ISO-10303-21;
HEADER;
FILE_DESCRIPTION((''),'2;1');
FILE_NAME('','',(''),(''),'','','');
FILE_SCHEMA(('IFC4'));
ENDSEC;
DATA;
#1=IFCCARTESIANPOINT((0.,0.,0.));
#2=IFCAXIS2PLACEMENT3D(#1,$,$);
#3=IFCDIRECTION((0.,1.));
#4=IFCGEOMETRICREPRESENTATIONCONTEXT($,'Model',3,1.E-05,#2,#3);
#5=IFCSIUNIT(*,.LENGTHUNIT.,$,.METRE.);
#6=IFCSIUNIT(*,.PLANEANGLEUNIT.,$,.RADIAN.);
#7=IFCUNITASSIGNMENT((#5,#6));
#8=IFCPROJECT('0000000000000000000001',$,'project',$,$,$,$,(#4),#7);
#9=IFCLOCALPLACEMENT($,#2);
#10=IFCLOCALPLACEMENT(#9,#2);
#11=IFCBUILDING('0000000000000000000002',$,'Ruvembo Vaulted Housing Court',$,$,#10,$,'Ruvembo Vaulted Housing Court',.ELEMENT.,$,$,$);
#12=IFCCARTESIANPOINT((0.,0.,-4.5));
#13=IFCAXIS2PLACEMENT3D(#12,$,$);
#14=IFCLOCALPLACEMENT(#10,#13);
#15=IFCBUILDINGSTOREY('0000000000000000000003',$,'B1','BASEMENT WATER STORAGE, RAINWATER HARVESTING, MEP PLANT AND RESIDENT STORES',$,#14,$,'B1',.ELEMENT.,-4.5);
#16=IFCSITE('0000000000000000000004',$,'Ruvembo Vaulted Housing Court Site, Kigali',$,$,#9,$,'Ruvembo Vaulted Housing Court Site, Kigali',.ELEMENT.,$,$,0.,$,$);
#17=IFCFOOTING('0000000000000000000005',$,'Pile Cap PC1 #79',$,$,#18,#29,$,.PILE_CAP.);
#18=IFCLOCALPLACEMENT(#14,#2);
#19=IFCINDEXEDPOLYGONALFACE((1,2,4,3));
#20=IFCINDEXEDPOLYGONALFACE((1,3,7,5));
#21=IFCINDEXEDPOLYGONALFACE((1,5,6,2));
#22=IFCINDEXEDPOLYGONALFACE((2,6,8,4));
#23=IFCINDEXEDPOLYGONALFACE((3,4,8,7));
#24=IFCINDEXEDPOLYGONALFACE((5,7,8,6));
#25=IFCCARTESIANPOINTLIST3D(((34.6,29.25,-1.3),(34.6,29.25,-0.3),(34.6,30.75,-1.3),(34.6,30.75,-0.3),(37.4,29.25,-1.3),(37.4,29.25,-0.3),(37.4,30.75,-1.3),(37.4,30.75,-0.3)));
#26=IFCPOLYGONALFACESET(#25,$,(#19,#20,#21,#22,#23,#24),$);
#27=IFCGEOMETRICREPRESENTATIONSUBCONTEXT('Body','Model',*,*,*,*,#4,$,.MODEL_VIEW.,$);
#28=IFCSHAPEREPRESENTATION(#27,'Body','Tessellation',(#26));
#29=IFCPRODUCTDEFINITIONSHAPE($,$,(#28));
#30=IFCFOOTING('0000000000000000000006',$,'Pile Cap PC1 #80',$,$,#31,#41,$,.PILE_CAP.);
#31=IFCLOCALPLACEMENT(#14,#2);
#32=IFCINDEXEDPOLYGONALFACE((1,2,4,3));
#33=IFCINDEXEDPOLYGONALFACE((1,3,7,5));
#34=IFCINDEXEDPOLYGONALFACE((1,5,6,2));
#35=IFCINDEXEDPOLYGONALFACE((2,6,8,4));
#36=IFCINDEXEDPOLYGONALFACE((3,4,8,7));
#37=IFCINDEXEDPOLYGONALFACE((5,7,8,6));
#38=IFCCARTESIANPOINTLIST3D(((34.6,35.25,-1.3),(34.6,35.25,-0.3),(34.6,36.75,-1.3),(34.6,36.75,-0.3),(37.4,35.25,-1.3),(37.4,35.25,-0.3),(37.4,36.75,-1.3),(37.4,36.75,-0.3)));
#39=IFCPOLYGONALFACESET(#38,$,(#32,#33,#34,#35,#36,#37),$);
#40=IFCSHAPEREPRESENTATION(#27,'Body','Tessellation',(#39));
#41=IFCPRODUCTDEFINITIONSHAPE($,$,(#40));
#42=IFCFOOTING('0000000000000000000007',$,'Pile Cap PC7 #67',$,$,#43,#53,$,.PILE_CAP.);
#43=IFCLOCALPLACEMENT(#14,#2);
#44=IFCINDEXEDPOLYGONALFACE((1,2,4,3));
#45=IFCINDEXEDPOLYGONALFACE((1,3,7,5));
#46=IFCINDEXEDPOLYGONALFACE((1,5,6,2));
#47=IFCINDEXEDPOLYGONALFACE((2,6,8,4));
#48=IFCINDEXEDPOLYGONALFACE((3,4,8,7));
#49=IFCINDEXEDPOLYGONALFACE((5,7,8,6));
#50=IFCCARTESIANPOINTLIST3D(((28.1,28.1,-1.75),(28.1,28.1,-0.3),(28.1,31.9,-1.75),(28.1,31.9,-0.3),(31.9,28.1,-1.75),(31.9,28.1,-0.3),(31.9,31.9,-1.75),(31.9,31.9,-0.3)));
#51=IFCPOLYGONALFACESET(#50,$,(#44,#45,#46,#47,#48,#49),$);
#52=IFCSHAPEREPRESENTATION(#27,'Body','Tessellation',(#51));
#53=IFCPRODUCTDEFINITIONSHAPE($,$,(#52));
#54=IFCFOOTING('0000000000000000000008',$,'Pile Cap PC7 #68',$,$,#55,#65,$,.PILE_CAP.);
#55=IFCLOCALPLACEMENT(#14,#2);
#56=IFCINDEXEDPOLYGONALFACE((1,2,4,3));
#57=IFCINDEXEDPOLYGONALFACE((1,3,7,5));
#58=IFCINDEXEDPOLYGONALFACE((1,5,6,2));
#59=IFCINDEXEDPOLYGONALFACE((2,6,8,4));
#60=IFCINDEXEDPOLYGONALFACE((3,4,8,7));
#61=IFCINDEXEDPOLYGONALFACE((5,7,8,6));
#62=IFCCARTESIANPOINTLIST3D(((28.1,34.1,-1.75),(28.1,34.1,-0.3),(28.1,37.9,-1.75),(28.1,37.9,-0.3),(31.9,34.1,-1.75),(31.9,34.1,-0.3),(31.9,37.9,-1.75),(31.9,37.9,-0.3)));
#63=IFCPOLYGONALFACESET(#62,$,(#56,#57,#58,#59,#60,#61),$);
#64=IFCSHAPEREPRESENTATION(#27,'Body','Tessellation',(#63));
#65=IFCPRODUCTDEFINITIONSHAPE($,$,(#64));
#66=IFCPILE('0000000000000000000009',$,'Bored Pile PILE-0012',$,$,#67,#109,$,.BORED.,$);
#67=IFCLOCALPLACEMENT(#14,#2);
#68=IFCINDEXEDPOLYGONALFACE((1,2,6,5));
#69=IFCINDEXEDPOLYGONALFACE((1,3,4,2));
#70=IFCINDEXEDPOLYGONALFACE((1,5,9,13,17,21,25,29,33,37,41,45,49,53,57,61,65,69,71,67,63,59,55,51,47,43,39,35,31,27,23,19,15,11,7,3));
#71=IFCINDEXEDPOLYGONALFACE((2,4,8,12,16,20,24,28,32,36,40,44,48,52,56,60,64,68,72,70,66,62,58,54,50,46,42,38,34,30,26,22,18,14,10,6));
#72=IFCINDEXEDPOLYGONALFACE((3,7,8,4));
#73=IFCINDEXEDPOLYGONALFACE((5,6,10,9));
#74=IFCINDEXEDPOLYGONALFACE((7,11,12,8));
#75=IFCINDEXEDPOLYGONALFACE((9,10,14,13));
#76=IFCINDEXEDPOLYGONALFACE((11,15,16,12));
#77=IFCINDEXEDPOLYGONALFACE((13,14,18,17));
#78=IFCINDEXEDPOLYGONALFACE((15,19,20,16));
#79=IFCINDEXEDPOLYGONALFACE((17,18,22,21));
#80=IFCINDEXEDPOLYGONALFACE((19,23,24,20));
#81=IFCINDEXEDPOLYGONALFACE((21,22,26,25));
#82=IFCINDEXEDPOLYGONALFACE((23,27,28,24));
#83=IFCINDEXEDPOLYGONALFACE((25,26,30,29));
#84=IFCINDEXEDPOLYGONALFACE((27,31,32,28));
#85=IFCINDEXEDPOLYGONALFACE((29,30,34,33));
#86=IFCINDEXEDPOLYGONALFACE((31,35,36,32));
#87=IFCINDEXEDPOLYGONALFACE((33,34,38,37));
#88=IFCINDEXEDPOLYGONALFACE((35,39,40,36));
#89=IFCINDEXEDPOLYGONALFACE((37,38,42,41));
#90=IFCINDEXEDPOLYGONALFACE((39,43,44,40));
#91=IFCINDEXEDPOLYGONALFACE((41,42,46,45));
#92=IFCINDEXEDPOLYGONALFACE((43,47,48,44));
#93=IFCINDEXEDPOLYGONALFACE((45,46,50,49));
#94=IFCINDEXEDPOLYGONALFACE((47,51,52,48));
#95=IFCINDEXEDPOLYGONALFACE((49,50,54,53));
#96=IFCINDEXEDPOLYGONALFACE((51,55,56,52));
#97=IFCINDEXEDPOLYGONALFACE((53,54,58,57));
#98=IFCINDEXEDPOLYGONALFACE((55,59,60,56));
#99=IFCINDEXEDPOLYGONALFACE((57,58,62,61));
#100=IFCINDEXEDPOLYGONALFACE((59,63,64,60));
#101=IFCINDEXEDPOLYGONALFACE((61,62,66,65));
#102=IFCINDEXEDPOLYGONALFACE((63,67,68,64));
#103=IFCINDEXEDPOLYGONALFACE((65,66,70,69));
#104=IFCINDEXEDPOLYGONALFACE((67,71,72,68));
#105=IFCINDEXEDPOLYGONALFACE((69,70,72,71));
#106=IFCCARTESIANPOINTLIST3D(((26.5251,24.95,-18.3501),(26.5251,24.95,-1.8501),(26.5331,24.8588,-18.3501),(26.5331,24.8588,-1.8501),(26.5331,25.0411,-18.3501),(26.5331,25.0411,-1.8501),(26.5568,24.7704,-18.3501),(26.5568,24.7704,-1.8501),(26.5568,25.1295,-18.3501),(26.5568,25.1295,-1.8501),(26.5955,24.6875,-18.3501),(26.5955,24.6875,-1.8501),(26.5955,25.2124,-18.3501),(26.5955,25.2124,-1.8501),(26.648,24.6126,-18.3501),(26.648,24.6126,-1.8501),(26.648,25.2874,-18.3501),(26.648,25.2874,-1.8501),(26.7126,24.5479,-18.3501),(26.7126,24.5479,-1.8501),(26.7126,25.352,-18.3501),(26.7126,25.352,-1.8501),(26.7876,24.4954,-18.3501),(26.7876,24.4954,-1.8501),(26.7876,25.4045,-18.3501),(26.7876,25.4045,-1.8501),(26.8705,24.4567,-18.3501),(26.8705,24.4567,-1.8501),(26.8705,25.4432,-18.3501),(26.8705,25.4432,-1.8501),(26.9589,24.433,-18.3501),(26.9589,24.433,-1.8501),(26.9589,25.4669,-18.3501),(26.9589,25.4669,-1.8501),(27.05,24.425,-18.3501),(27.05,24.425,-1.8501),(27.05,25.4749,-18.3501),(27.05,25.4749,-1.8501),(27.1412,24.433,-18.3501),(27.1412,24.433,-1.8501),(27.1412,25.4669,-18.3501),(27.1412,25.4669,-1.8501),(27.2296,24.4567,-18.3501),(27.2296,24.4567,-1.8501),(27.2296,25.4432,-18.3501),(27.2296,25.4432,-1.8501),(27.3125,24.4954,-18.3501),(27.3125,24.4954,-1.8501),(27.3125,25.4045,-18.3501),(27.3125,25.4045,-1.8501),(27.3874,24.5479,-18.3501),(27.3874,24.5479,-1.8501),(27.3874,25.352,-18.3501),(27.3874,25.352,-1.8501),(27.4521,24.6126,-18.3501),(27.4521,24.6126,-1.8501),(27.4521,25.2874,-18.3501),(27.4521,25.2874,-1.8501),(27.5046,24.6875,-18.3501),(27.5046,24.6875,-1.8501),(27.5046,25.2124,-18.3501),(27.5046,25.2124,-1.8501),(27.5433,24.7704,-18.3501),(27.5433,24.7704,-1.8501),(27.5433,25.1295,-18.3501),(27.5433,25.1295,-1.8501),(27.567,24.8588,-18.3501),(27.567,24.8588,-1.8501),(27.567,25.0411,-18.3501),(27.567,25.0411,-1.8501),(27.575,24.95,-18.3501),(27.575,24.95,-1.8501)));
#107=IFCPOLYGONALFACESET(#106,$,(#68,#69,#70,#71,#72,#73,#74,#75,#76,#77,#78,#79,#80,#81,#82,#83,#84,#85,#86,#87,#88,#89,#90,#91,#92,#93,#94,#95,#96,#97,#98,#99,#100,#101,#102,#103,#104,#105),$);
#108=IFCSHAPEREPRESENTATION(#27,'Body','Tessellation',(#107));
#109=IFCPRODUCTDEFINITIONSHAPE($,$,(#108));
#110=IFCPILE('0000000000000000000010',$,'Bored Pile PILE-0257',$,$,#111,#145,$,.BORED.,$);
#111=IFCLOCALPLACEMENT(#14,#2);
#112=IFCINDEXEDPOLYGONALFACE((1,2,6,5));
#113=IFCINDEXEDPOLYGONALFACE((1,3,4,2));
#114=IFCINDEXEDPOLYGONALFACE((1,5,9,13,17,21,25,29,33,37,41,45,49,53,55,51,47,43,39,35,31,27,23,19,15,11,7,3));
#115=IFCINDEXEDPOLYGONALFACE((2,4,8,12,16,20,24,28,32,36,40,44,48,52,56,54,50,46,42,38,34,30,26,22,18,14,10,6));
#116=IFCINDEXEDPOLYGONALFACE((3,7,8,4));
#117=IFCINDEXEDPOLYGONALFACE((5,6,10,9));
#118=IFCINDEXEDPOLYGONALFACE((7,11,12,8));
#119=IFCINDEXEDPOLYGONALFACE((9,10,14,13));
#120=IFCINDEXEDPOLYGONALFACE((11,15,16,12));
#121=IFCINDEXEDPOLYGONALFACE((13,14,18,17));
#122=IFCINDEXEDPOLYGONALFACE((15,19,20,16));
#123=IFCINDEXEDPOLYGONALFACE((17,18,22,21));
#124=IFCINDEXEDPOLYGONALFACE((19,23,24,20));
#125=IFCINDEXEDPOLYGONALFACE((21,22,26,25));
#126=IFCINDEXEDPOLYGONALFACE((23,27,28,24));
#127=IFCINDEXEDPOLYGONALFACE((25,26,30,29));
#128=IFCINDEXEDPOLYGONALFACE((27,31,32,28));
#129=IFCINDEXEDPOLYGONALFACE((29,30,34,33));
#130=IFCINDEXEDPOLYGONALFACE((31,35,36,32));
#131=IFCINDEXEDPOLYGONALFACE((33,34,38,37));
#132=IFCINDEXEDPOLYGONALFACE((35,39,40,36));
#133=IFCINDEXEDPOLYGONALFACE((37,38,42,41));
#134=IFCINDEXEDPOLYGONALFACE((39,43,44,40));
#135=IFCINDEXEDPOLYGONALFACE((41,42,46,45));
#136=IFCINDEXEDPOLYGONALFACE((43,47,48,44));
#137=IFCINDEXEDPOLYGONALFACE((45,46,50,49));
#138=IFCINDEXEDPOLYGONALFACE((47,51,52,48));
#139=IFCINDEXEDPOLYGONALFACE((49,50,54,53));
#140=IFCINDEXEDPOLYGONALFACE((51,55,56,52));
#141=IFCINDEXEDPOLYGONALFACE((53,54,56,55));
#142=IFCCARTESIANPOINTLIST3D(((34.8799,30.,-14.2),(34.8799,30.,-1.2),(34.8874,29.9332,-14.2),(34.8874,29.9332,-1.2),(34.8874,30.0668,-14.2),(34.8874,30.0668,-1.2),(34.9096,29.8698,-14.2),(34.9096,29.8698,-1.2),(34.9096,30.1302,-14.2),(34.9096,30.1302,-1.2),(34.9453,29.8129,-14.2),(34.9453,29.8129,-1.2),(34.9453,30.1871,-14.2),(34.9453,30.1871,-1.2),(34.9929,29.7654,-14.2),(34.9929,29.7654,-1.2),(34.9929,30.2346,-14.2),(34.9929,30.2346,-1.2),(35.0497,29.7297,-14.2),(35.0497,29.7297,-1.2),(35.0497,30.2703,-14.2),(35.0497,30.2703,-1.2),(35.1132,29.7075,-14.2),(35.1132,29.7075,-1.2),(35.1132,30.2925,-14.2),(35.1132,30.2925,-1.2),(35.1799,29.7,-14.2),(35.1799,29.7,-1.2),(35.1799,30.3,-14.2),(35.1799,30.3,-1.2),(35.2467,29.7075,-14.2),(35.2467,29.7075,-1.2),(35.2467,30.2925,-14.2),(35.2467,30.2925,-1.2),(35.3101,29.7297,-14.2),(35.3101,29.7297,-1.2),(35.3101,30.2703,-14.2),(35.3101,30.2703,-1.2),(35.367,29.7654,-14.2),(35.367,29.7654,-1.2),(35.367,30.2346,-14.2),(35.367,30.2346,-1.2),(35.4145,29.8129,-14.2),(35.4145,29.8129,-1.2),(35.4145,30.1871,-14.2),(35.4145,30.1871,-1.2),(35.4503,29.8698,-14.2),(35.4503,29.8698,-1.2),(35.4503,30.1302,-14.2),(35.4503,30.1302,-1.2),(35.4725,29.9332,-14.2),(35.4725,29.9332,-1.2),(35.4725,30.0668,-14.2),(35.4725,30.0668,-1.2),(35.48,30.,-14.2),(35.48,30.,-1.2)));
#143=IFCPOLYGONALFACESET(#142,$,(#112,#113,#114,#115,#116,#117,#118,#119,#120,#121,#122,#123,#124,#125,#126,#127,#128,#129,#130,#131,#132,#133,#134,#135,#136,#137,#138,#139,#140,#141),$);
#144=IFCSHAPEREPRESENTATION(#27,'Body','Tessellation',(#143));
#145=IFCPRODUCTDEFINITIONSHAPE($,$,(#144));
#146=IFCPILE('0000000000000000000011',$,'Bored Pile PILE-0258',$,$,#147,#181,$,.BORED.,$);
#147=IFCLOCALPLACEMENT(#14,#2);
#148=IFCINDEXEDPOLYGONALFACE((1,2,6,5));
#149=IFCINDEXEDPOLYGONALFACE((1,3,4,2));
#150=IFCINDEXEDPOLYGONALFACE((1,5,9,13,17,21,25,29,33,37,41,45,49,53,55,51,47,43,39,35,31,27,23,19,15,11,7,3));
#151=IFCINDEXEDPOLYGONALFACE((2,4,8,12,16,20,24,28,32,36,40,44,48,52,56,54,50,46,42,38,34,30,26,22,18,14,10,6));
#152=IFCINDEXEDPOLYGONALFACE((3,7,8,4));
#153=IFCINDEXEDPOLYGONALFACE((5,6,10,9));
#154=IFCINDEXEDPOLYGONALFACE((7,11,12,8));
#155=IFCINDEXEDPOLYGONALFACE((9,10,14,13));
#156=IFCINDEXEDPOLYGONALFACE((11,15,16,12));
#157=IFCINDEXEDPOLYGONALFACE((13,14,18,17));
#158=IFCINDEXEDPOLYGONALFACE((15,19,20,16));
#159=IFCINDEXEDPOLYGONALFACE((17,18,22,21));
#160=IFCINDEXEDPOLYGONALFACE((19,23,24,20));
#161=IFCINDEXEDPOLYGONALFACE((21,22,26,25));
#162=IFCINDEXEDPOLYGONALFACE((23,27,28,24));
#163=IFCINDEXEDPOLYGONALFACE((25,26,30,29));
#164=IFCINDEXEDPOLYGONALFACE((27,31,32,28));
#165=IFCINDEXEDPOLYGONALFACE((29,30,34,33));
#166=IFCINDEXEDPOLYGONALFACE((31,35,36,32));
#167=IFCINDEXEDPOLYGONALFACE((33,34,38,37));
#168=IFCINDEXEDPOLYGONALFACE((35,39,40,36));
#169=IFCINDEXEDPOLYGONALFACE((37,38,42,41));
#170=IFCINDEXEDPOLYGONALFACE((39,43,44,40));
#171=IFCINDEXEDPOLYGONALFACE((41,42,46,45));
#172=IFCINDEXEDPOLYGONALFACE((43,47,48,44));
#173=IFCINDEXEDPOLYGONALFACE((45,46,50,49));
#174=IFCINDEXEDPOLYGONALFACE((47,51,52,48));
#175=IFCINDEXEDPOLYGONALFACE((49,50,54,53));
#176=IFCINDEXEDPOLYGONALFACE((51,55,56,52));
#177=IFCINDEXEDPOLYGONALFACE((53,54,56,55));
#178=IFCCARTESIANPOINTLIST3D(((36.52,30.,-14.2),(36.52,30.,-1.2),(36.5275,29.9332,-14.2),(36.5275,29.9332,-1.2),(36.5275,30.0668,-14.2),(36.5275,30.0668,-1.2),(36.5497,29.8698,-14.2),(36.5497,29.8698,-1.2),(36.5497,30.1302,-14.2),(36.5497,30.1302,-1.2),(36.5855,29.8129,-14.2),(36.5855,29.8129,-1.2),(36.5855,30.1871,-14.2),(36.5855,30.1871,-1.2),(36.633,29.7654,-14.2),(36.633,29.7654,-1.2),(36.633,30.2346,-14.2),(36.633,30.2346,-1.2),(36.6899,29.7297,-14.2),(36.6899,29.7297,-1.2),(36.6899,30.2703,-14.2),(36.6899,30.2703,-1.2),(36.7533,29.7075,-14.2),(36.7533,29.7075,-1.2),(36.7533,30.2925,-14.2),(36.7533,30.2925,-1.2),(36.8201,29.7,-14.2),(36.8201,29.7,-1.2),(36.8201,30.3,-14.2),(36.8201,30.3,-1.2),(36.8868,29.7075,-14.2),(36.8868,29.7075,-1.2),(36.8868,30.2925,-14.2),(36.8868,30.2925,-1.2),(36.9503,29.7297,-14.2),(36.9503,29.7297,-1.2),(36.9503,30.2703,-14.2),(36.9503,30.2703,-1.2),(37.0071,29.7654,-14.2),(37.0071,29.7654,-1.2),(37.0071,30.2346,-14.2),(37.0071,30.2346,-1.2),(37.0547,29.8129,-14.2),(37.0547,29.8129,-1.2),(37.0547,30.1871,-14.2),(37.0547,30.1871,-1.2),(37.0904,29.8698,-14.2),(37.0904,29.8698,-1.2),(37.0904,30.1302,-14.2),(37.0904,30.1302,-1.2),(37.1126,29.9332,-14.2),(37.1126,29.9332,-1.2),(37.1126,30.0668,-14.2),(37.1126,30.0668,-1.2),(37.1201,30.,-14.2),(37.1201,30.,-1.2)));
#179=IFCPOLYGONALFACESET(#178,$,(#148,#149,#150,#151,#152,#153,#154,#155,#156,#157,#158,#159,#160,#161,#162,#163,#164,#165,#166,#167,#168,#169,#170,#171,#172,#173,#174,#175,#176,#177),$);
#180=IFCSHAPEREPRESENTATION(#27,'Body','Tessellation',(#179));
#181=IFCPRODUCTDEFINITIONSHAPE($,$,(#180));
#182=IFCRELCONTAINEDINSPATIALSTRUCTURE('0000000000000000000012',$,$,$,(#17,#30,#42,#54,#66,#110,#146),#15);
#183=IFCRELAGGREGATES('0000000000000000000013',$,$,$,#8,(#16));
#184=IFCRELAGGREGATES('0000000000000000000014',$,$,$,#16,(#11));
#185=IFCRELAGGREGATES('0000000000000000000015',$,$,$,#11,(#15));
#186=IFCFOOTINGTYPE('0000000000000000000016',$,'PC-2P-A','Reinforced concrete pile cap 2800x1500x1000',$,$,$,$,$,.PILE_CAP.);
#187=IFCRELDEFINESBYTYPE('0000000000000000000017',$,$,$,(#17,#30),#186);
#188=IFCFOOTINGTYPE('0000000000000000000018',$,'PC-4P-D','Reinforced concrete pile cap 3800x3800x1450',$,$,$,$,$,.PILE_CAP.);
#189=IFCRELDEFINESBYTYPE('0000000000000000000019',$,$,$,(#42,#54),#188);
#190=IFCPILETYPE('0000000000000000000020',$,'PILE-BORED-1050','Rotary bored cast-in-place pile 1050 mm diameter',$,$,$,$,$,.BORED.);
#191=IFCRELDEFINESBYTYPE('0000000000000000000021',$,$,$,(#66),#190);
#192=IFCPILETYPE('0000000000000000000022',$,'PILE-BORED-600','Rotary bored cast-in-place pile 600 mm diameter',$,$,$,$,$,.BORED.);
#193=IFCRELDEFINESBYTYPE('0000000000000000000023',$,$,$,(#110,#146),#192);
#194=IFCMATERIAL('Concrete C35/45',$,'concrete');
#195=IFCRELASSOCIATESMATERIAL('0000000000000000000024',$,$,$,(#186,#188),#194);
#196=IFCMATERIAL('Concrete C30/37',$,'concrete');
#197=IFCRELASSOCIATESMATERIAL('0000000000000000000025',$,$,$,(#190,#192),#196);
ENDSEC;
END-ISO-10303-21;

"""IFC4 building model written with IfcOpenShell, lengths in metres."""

from ifc_helpers import new_model, si_unit, direction, frame, origin, origin_2d, place, context, subcontext, project, spatial, rectangle, circle, extrude, material, material_profile, profile_set, type_object, element, save


model = new_model("IFC4")

# Units and contexts
model_context = context("Model", 3, precision=1e-05, world=origin(), true_north=direction((0.0, 1.0)))
body_context = subcontext(model_context, "Body", "Model", "MODEL_VIEW")
ifc_project = project(units=[si_unit("LENGTHUNIT", "METRE"), si_unit("PLANEANGLEUNIT", "RADIAN")], contexts=[model_context])

# Site, building, storey
site_placement = place(None, origin())
site = spatial("IfcSite", under=ifc_project, at=site_placement, Name="Ruvembo Vaulted Housing Court Site, Kigali", LongName="Ruvembo Vaulted Housing Court Site, Kigali", CompositionType="ELEMENT", RefElevation=0.0)
building_placement = place(site_placement, origin())
building = spatial("IfcBuilding", under=site, at=building_placement, Name="Ruvembo Vaulted Housing Court", LongName="Ruvembo Vaulted Housing Court", CompositionType="ELEMENT")
storey_placement = place(building_placement, frame((0.0, 0.0, -4.5)))
storey = spatial("IfcBuildingStorey", under=building, at=storey_placement, Name="B1", Description="BASEMENT WATER STORAGE, RAINWATER HARVESTING, MEP PLANT AND RESIDENT STORES", LongName="B1", CompositionType="ELEMENT", Elevation=-4.5)

# Footings
ifc_material_1 = material(Name="Concrete C35/45", Category="concrete")
footing_type_1 = type_object("IfcFootingType", Name="PC-2P-A", Description="Reinforced concrete pile cap 2800x1500x1000", PredefinedType="PILE_CAP", material=ifc_material_1)
for number, where, z_axis, x_axis, name in (
    (1, (36.0, 30.0, -1.3), (0.0, 0.0, 1.0), (1.0, 0.0, 0.0), "Pile Cap PC1 #79"),
    (2, (36.0, 36.0, -1.3), (0.0, 0.0, 1.0), (1.0, 0.0, 0.0), "Pile Cap PC1 #80"),
):
    element("IfcFooting", number, at=place(storey_placement, frame(where, z_axis=z_axis, x_axis=x_axis)), inside=storey, type_object=footing_type_1, Name=name, PredefinedType="PILE_CAP", context=body_context, shape_type="SweptSolid", body=[
        extrude(rectangle(XDim=2.8, YDim=1.5, at=origin_2d()), origin(), (0.0, 0.0, 1.0), 1.0),
    ])
footing_type_2 = type_object("IfcFootingType", Name="PC-4P-D", Description="Reinforced concrete pile cap 3800x3800x1450", PredefinedType="PILE_CAP", material=ifc_material_1)
for number, where, z_axis, x_axis, name in (
    (3, (30.0, 30.0, -1.75), (0.0, 0.0, 1.0), (1.0, 0.0, 0.0), "Pile Cap PC7 #67"),
    (4, (30.0, 36.0, -1.75), (0.0, 0.0, 1.0), (1.0, 0.0, 0.0), "Pile Cap PC7 #68"),
):
    element("IfcFooting", number, at=place(storey_placement, frame(where, z_axis=z_axis, x_axis=x_axis)), inside=storey, type_object=footing_type_2, Name=name, PredefinedType="PILE_CAP", context=body_context, shape_type="SweptSolid", body=[
        extrude(rectangle(XDim=3.8, YDim=3.8, at=origin_2d()), origin(), (0.0, 0.0, 1.0), 1.45),
    ])

# Piles
ifc_material_2 = material(Name="Concrete C30/37", Category="concrete")
ifc_material_profile_1 = material_profile(ifc_material_2, circle(Radius=0.5249, at=origin_2d()), Name="PILE D1050")
ifc_profile_set_1 = profile_set([ifc_material_profile_1], Name="Concrete C30/37")
pile_type_1 = type_object("IfcPileType", Name="PILE-BORED-1050", Description="Rotary bored cast-in-place pile 1050 mm diameter", PredefinedType="BORED", material=ifc_profile_set_1)
pile_placement = place(storey_placement, frame((27.05, 24.95, -1.8501), z_axis=(0.0, 0.0, -1.0), x_axis=(1.0, 0.0, 0.0)))
element("IfcPile", 5, at=pile_placement, inside=storey, type_object=pile_type_1, Name="Bored Pile PILE-0012", PredefinedType="BORED", context=body_context, shape_type="SweptSolid", body=[
    extrude(circle(Radius=0.5249, at=origin_2d()), origin(), (0.0, 0.0, 1.0), 16.5),
])
ifc_material_profile_2 = material_profile(ifc_material_2, circle(Radius=0.3, at=origin_2d()), Name="PILE D600")
ifc_profile_set_2 = profile_set([ifc_material_profile_2], Name="Concrete C30/37")
pile_type_2 = type_object("IfcPileType", Name="PILE-BORED-600", Description="Rotary bored cast-in-place pile 600 mm diameter", PredefinedType="BORED", material=ifc_profile_set_2)
for number, where, z_axis, x_axis, name in (
    (6, (35.1799, 30.0, -1.2), (0.0, 0.0, -1.0), (1.0, 0.0, 0.0), "Bored Pile PILE-0257"),
    (7, (36.8201, 30.0, -1.2), (0.0, 0.0, -1.0), (1.0, 0.0, 0.0), "Bored Pile PILE-0258"),
):
    element("IfcPile", number, at=place(storey_placement, frame(where, z_axis=z_axis, x_axis=x_axis)), inside=storey, type_object=pile_type_2, Name=name, PredefinedType="BORED", context=body_context, shape_type="SweptSolid", body=[
        extrude(circle(Radius=0.3, at=origin_2d()), origin(), (0.0, 0.0, 1.0), 13.0),
    ])

save(model, "model.ifc")
